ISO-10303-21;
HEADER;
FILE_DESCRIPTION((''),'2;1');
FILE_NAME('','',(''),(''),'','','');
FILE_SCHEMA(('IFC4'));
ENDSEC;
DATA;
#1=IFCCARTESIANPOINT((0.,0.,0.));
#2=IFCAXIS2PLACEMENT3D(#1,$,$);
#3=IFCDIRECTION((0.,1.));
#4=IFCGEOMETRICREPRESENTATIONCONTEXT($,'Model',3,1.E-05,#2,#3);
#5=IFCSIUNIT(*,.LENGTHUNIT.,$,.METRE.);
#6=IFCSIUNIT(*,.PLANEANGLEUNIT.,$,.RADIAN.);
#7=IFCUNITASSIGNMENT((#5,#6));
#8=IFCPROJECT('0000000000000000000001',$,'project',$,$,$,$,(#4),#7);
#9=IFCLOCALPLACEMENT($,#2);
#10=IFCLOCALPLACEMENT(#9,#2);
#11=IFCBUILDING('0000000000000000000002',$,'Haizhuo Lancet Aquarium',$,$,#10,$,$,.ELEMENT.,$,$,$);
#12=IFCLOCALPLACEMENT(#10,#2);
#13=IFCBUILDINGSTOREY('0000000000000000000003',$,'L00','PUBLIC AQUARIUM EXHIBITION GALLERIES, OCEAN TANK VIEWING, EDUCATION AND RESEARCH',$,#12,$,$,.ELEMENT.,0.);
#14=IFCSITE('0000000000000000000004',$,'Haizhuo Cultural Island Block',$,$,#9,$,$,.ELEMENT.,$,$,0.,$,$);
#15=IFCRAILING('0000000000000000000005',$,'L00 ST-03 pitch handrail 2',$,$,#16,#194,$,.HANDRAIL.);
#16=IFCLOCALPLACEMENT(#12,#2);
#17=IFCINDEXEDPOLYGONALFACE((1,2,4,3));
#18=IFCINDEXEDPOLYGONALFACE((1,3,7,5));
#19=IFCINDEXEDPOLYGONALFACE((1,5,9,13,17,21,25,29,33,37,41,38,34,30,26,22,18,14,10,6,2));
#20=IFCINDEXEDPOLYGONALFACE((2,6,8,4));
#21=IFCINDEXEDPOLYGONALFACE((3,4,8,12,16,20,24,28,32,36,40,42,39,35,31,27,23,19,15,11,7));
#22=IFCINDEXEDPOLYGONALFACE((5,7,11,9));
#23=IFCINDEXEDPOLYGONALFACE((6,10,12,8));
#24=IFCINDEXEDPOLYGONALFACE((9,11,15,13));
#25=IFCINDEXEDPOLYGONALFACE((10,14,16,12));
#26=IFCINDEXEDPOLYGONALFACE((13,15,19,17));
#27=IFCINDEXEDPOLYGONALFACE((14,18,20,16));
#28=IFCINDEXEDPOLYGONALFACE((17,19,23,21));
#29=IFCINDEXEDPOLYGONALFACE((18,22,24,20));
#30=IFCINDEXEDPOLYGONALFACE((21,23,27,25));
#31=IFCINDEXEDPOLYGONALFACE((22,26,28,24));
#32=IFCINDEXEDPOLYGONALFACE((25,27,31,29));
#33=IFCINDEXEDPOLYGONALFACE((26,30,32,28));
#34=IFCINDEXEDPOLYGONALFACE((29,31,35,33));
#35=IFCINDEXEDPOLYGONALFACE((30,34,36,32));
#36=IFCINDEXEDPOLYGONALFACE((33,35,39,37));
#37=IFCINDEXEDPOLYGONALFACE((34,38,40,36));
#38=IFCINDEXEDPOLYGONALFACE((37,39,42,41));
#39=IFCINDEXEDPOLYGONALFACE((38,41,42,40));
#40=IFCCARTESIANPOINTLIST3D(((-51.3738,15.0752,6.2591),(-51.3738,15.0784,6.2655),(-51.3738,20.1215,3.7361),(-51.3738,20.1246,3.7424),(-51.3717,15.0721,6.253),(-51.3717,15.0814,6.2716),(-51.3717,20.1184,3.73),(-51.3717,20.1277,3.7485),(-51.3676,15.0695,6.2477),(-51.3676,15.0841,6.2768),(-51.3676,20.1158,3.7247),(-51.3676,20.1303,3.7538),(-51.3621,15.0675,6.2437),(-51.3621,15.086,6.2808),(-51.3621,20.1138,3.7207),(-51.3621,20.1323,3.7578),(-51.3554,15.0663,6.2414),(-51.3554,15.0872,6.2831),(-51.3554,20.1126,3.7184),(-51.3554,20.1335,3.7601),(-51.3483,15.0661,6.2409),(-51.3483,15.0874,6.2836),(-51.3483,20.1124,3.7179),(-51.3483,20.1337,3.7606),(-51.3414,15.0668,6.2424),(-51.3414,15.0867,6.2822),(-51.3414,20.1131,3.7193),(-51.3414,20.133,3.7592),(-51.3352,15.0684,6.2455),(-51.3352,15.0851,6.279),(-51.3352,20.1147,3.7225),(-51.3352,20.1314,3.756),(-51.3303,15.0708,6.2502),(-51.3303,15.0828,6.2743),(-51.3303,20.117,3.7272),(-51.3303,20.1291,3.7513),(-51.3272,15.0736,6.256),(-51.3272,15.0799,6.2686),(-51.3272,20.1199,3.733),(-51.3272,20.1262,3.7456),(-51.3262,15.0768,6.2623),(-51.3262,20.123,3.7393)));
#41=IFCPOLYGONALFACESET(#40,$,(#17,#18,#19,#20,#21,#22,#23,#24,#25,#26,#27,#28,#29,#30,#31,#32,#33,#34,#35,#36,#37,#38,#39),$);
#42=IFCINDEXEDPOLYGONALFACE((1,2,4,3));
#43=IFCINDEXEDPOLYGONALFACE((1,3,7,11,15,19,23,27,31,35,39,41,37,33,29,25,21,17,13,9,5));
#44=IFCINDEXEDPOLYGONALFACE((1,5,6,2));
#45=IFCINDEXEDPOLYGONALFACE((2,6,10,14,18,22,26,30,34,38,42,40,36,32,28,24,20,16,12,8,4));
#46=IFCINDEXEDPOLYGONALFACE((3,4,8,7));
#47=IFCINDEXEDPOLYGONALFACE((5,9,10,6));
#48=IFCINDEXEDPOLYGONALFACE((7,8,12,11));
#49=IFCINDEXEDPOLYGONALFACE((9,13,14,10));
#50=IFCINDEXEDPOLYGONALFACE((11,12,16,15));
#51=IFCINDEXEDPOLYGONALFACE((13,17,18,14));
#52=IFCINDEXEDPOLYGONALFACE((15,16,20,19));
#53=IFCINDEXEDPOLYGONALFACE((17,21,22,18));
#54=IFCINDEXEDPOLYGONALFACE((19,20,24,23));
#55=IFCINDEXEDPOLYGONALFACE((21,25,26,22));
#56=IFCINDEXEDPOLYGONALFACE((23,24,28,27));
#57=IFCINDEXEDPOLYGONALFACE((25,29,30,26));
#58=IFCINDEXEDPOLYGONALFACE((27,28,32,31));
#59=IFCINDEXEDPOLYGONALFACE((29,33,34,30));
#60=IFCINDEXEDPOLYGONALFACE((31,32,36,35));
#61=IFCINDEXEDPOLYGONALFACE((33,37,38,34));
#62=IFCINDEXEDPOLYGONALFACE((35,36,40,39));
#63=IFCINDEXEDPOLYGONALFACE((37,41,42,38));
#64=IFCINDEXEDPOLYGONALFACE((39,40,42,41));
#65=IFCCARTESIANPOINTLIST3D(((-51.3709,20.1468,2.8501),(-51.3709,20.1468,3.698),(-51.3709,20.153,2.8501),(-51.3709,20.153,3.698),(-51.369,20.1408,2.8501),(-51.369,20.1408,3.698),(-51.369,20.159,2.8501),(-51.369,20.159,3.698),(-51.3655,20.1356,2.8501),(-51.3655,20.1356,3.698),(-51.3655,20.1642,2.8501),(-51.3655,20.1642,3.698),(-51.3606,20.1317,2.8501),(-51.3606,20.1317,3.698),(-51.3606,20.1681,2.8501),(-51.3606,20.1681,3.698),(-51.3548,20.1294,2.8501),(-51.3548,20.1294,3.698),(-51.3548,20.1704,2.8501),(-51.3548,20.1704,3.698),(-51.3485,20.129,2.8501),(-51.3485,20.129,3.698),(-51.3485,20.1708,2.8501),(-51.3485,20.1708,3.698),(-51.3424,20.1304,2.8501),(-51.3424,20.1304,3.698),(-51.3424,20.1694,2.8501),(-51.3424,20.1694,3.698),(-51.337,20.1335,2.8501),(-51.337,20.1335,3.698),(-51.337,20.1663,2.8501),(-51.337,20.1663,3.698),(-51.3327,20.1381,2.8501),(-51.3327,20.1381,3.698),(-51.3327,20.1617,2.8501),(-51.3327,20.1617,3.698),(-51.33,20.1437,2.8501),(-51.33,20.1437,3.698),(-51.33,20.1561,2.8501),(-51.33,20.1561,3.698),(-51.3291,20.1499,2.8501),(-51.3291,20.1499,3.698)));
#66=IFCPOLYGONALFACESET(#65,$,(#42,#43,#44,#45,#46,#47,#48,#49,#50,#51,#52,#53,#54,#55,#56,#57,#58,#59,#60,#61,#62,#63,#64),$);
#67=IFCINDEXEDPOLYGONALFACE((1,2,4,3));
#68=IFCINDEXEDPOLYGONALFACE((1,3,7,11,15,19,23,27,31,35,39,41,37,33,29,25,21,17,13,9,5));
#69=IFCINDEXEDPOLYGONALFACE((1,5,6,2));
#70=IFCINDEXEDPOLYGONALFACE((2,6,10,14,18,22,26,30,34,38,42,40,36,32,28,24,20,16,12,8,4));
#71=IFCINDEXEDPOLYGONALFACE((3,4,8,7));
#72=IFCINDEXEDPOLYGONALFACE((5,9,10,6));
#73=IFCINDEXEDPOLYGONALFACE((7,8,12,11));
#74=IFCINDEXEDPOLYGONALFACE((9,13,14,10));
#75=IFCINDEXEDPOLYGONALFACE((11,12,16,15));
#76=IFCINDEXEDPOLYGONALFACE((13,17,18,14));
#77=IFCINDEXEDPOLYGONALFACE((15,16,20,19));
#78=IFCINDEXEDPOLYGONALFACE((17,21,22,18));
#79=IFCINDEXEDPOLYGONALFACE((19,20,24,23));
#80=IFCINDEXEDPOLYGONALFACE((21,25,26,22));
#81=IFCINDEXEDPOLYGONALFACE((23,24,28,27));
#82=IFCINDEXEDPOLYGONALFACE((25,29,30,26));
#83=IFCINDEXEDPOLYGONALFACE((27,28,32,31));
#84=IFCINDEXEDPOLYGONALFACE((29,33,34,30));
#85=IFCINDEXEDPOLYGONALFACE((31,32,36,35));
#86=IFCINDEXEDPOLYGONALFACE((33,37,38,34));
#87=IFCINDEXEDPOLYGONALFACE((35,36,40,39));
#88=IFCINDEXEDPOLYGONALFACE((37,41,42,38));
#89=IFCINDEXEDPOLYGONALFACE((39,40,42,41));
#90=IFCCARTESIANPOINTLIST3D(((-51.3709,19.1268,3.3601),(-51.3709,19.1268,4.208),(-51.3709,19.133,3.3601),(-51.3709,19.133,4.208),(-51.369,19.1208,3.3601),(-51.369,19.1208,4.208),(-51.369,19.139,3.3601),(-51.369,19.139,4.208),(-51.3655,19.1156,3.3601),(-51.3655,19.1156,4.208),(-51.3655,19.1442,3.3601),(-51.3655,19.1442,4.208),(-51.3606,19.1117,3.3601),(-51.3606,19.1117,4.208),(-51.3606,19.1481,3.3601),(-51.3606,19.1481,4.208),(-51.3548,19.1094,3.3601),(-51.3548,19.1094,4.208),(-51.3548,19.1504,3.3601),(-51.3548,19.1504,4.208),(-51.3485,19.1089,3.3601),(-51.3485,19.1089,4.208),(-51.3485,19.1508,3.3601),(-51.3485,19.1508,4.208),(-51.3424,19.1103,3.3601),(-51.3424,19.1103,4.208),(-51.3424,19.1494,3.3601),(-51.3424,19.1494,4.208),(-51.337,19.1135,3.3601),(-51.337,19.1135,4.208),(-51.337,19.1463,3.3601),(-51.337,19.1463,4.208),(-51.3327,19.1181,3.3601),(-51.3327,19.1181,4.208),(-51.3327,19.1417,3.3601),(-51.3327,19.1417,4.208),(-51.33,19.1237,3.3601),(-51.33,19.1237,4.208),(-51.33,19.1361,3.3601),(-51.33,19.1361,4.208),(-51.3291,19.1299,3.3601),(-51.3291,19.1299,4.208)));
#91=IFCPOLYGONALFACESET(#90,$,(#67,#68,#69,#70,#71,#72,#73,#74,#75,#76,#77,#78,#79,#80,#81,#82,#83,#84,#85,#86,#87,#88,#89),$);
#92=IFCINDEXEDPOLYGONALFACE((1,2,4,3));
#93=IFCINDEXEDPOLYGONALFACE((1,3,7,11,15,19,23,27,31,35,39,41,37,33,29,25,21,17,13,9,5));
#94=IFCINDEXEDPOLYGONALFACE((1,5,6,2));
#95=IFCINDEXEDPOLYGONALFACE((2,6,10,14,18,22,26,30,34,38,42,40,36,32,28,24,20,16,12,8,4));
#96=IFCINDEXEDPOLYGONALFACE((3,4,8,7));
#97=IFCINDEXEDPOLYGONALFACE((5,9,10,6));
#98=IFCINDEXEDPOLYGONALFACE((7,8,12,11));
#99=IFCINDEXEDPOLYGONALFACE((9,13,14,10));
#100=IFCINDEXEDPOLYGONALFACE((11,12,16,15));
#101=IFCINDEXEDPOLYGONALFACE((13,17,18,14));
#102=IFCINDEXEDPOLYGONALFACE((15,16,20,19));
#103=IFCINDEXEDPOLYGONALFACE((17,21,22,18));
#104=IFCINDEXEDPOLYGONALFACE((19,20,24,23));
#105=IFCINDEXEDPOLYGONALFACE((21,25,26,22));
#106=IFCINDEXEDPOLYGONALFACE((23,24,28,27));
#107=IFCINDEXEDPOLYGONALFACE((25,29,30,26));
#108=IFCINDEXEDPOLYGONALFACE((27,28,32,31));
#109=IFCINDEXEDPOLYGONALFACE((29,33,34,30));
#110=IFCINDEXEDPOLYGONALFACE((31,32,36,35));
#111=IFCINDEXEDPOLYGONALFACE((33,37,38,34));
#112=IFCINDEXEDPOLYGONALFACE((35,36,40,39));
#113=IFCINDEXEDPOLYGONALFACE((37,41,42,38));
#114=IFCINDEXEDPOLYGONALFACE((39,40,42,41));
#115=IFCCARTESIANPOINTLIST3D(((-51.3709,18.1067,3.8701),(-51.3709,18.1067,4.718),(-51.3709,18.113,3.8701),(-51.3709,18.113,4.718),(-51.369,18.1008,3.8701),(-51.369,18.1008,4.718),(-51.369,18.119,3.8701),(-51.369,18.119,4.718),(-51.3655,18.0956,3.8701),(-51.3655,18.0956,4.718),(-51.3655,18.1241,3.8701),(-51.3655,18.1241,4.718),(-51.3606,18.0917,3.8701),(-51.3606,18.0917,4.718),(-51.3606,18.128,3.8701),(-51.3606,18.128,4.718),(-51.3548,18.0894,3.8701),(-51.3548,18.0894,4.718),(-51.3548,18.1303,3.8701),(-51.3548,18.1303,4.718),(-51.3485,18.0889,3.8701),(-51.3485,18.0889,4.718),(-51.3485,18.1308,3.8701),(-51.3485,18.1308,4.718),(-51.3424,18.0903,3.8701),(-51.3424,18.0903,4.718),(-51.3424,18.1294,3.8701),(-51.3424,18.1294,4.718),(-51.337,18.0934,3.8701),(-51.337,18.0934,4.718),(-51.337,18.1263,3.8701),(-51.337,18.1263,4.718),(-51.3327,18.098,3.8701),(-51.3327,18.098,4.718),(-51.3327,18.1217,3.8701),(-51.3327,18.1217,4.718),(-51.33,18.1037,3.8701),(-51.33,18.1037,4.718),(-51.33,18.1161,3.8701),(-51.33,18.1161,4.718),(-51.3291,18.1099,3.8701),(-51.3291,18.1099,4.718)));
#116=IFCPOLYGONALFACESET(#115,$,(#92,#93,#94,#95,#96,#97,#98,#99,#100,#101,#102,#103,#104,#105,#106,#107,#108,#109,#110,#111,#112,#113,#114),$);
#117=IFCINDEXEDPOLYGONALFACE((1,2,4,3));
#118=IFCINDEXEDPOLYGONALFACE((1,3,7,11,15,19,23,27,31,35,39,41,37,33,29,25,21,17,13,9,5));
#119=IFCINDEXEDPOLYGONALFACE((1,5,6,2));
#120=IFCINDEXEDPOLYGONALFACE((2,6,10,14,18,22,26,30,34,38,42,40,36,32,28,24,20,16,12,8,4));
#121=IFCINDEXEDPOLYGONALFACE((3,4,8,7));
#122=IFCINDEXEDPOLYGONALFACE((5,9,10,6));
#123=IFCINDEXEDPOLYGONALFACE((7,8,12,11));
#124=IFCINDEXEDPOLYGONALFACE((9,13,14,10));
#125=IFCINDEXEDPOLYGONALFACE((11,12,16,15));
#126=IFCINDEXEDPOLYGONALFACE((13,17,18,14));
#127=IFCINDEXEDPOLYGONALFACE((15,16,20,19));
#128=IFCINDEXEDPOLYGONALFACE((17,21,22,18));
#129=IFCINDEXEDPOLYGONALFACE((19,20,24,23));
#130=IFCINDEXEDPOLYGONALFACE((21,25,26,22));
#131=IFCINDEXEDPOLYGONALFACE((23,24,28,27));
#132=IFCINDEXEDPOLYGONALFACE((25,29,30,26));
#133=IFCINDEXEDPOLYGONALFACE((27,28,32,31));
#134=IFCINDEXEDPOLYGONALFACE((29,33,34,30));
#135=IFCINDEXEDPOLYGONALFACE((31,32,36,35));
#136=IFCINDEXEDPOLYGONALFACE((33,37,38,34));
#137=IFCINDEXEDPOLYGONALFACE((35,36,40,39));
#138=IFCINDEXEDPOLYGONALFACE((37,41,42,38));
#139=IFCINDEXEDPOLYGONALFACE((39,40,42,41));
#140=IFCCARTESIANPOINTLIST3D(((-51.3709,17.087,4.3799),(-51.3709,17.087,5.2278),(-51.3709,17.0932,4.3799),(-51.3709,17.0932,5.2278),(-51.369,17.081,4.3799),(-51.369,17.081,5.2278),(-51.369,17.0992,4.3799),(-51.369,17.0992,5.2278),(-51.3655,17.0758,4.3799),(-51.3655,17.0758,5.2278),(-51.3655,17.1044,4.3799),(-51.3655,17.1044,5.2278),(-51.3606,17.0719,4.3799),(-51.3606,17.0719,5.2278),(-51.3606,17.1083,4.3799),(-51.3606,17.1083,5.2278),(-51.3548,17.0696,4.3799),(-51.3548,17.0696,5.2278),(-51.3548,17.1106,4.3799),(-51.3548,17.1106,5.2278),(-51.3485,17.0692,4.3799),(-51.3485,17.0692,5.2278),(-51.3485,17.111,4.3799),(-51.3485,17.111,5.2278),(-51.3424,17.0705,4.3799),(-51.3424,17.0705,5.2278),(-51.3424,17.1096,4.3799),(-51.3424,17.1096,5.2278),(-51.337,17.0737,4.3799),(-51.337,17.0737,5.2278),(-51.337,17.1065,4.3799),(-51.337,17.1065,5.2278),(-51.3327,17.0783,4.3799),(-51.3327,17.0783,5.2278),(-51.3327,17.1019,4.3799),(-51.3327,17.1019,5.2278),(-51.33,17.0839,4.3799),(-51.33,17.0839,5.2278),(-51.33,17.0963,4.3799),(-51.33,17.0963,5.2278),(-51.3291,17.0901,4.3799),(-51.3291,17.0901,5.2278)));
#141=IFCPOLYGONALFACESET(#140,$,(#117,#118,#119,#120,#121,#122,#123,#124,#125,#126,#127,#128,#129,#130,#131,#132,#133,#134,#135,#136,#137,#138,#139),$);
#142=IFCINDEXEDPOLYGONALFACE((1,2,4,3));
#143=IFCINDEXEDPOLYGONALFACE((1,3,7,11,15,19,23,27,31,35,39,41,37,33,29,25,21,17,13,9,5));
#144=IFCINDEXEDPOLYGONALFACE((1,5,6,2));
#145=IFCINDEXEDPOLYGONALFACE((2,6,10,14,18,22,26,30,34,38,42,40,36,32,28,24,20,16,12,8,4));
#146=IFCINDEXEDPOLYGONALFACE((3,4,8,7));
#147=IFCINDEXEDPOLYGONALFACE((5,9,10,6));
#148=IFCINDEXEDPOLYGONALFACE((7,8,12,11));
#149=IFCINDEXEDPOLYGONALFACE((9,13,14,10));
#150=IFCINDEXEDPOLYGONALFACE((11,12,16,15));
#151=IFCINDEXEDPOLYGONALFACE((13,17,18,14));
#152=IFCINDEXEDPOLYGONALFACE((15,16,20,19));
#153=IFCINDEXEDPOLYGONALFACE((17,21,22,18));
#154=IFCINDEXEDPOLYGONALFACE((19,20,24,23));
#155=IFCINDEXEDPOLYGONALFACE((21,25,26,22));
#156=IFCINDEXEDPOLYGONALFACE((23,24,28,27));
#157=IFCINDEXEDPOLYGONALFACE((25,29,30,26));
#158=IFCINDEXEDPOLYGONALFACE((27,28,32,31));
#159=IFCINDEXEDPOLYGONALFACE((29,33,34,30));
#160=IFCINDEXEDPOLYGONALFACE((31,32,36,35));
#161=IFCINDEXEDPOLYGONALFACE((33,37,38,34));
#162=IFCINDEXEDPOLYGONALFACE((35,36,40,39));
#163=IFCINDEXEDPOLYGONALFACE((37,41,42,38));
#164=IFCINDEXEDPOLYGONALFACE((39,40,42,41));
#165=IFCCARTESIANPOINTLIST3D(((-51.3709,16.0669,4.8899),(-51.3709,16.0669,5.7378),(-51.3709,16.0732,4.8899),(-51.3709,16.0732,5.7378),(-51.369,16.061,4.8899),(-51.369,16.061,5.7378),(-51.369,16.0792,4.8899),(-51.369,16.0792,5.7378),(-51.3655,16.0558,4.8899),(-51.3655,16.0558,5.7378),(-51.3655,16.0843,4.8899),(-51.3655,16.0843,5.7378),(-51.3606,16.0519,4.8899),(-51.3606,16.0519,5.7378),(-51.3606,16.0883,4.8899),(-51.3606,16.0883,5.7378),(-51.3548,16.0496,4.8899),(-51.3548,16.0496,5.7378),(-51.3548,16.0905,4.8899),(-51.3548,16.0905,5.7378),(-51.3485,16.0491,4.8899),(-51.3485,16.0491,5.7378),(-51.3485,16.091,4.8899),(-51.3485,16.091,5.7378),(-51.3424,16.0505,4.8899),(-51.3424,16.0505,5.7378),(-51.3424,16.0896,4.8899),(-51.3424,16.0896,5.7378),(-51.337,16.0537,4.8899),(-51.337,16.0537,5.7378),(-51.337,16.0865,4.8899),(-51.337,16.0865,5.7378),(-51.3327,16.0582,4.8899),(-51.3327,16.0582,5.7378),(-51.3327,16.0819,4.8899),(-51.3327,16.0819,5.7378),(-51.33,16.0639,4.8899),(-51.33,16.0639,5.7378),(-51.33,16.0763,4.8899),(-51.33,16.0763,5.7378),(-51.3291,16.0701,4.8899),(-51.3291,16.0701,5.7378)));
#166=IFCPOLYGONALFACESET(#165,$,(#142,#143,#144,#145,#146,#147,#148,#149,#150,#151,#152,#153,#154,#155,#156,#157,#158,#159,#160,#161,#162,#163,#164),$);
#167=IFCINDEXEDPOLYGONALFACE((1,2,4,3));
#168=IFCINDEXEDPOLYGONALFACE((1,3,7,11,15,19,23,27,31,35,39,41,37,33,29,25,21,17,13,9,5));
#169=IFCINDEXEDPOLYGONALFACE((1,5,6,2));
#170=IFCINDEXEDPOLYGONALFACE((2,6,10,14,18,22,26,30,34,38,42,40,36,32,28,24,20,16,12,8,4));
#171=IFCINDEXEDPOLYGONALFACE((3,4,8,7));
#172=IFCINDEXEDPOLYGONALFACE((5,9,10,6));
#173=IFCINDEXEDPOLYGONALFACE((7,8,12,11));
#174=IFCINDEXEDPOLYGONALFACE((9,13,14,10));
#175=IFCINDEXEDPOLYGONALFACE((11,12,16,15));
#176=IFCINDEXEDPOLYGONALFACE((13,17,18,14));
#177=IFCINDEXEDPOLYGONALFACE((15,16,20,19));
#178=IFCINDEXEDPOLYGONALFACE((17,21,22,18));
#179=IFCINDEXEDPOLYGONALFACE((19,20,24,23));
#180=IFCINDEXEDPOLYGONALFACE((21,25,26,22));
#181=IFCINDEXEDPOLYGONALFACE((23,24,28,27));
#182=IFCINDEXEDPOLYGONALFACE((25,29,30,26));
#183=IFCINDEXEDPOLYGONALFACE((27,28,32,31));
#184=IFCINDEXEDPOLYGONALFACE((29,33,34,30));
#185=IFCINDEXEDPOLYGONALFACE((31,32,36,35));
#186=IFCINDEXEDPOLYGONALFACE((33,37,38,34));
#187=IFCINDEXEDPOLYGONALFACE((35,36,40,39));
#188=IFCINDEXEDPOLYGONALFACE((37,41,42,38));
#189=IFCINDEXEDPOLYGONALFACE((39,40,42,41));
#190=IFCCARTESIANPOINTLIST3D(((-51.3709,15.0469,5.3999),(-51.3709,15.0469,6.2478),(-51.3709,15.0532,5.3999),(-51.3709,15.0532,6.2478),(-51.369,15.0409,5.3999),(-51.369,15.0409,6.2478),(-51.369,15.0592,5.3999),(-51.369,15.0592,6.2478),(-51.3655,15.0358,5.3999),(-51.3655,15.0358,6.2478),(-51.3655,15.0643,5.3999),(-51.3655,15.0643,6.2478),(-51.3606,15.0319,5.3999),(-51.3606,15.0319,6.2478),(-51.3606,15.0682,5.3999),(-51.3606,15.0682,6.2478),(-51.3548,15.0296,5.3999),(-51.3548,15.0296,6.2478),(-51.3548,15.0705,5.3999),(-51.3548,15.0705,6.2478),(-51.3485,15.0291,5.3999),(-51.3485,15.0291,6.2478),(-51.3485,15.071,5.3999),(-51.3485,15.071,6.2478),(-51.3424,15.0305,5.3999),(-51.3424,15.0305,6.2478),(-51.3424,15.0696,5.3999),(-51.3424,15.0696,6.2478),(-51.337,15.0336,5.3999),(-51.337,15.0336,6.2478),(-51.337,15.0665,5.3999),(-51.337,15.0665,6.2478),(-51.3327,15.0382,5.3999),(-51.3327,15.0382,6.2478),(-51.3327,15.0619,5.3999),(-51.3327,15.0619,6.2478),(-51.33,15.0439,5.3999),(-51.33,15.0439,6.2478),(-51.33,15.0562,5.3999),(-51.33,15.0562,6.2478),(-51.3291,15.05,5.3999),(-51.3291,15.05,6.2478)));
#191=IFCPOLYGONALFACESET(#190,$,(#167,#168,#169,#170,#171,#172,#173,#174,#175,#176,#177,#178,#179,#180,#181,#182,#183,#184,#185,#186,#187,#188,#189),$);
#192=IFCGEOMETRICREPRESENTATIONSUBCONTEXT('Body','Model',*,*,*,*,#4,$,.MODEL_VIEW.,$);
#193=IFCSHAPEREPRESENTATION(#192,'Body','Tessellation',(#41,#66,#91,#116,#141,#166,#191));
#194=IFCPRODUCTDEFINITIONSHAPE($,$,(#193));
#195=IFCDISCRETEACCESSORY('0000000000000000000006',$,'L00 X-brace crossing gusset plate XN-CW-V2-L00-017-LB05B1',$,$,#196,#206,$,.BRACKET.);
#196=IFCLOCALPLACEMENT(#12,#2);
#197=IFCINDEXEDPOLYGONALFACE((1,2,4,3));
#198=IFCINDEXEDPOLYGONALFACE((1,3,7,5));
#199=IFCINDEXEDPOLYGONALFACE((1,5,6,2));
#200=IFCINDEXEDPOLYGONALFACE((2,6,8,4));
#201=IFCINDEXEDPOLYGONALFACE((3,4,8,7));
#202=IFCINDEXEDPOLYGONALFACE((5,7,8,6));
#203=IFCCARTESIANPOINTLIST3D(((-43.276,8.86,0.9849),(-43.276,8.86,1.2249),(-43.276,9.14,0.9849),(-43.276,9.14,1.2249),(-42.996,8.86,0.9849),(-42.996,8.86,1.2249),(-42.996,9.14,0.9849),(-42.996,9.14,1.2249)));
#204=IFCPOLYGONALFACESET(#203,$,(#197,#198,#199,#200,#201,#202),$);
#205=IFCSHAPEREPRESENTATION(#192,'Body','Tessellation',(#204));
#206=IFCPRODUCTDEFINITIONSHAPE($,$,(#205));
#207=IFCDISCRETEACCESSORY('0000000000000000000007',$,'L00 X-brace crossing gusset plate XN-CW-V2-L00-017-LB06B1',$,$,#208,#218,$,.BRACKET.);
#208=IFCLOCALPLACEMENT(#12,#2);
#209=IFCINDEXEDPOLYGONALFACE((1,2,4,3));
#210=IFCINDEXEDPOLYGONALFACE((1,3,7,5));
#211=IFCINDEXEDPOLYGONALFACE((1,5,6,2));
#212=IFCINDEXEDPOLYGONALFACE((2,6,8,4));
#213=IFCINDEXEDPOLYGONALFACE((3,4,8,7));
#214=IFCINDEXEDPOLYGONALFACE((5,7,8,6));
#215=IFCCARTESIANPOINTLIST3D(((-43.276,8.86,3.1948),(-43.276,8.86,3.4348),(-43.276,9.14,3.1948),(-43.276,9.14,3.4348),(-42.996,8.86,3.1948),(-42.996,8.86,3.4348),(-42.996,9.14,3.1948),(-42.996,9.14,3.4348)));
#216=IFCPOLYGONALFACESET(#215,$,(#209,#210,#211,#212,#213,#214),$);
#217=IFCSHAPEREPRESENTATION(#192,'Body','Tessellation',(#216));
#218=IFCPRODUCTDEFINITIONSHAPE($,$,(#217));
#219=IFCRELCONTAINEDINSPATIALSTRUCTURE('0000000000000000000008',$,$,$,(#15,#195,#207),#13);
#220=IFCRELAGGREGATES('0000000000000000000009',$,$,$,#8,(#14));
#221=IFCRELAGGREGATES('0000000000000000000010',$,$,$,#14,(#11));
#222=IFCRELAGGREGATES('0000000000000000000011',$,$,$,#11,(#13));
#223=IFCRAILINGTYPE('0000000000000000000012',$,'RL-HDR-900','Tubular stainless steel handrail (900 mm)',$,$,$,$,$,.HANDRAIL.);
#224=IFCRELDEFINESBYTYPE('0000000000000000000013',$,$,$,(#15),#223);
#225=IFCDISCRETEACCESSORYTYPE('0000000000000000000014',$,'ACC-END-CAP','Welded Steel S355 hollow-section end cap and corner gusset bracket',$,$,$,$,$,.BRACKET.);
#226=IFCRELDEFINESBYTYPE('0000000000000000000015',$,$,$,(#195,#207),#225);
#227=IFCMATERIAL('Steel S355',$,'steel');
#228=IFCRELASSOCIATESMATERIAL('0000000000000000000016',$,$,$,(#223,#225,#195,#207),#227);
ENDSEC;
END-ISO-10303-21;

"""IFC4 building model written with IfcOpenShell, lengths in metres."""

from ifc_helpers import new_model, si_unit, direction, frame, origin, origin_2d, place, context, subcontext, project, spatial, rectangle, circle, extrude, material, type_object, element, save


model = new_model("IFC4")

# Units and contexts
model_context = context("Model", 3, precision=1e-05, world=origin(), true_north=direction((0.0, 1.0)))
body_context = subcontext(model_context, "Body", "Model", "MODEL_VIEW")
ifc_project = project(units=[si_unit("LENGTHUNIT", "METRE"), si_unit("PLANEANGLEUNIT", "RADIAN")], contexts=[model_context])

# Site, building, storey
site_placement = place(None, origin())
site = spatial("IfcSite", under=ifc_project, at=site_placement, Name="Haizhuo Cultural Island Block", CompositionType="ELEMENT", RefElevation=0.0)
building_placement = place(site_placement, origin())
building = spatial("IfcBuilding", under=site, at=building_placement, Name="Haizhuo Lancet Aquarium", CompositionType="ELEMENT")
storey_placement = place(building_placement, origin())
storey = spatial("IfcBuildingStorey", under=building, at=storey_placement, Name="L00", Description="PUBLIC AQUARIUM EXHIBITION GALLERIES, OCEAN TANK VIEWING, EDUCATION AND RESEARCH", CompositionType="ELEMENT", Elevation=0.0)

# Shared definitions
ifc_material_1 = material(Name="Steel S355", Category="steel")

# Railing
railing_type_1 = type_object("IfcRailingType", Name="RL-HDR-900", Description="Tubular stainless steel handrail (900 mm)", PredefinedType="HANDRAIL", material=ifc_material_1)
railing_1_placement = place(storey_placement, frame((-51.3501, 20.1499, 2.8501)))
element("IfcRailing", 1, at=railing_1_placement, inside=storey, type_object=railing_type_1, Name="L00 ST-03 pitch handrail 2", PredefinedType="HANDRAIL", context=body_context, shape_type="SweptSolid", body=[
    extrude(circle(Radius=0.0239, at=origin_2d()), frame((0.0, -0.0269, 0.8892), z_axis=(0.0, -0.894436, 0.447196), x_axis=(1.0, 0.0, 0.0)), (0.0, 0.0, 1.0), 5.6418),
    extrude(circle(Radius=0.021, at=origin_2d()), origin(), (0.0, 0.0, 1.0), 0.8479),
    extrude(circle(Radius=0.021, at=origin_2d()), frame((0.0, -1.02, 0.51)), (0.0, 0.0, 1.0), 0.8479),
    extrude(circle(Radius=0.021, at=origin_2d()), frame((0.0, -2.04, 1.02)), (0.0, 0.0, 1.0), 0.8479),
    extrude(circle(Radius=0.021, at=origin_2d()), frame((0.0, -3.0598, 1.5298)), (0.0, 0.0, 1.0), 0.8479),
    extrude(circle(Radius=0.021, at=origin_2d()), frame((0.0, -4.0798, 2.0398)), (0.0, 0.0, 1.0), 0.8479),
    extrude(circle(Radius=0.021, at=origin_2d()), frame((0.0, -5.0999, 2.5498)), (0.0, 0.0, 1.0), 0.8479),
])

# Discrete accessories
discrete_accessory_type = type_object("IfcDiscreteAccessoryType", Name="ACC-END-CAP", Description="Welded Steel S355 hollow-section end cap and corner gusset bracket", PredefinedType="BRACKET", material=ifc_material_1)
for number, where, z_axis, x_axis, name in (
    (2, (-43.136, 9.0, 0.9849), (0.0, 0.0, 1.0), (1.0, 0.0, 0.0), "L00 X-brace crossing gusset plate XN-CW-V2-L00-017-LB05B1"),
    (3, (-43.136, 9.0, 3.1948), (0.0, 0.0, 1.0), (1.0, 0.0, 0.0), "L00 X-brace crossing gusset plate XN-CW-V2-L00-017-LB06B1"),
):
    element("IfcDiscreteAccessory", number, at=place(storey_placement, frame(where, z_axis=z_axis, x_axis=x_axis)), inside=storey, type_object=discrete_accessory_type, material=ifc_material_1, Name=name, PredefinedType="BRACKET", context=body_context, shape_type="SweptSolid", body=[
        extrude(rectangle(XDim=0.28, YDim=0.28, at=origin_2d()), origin(), (0.0, 0.0, 1.0), 0.24),
    ])

save(model, "model.ifc")
